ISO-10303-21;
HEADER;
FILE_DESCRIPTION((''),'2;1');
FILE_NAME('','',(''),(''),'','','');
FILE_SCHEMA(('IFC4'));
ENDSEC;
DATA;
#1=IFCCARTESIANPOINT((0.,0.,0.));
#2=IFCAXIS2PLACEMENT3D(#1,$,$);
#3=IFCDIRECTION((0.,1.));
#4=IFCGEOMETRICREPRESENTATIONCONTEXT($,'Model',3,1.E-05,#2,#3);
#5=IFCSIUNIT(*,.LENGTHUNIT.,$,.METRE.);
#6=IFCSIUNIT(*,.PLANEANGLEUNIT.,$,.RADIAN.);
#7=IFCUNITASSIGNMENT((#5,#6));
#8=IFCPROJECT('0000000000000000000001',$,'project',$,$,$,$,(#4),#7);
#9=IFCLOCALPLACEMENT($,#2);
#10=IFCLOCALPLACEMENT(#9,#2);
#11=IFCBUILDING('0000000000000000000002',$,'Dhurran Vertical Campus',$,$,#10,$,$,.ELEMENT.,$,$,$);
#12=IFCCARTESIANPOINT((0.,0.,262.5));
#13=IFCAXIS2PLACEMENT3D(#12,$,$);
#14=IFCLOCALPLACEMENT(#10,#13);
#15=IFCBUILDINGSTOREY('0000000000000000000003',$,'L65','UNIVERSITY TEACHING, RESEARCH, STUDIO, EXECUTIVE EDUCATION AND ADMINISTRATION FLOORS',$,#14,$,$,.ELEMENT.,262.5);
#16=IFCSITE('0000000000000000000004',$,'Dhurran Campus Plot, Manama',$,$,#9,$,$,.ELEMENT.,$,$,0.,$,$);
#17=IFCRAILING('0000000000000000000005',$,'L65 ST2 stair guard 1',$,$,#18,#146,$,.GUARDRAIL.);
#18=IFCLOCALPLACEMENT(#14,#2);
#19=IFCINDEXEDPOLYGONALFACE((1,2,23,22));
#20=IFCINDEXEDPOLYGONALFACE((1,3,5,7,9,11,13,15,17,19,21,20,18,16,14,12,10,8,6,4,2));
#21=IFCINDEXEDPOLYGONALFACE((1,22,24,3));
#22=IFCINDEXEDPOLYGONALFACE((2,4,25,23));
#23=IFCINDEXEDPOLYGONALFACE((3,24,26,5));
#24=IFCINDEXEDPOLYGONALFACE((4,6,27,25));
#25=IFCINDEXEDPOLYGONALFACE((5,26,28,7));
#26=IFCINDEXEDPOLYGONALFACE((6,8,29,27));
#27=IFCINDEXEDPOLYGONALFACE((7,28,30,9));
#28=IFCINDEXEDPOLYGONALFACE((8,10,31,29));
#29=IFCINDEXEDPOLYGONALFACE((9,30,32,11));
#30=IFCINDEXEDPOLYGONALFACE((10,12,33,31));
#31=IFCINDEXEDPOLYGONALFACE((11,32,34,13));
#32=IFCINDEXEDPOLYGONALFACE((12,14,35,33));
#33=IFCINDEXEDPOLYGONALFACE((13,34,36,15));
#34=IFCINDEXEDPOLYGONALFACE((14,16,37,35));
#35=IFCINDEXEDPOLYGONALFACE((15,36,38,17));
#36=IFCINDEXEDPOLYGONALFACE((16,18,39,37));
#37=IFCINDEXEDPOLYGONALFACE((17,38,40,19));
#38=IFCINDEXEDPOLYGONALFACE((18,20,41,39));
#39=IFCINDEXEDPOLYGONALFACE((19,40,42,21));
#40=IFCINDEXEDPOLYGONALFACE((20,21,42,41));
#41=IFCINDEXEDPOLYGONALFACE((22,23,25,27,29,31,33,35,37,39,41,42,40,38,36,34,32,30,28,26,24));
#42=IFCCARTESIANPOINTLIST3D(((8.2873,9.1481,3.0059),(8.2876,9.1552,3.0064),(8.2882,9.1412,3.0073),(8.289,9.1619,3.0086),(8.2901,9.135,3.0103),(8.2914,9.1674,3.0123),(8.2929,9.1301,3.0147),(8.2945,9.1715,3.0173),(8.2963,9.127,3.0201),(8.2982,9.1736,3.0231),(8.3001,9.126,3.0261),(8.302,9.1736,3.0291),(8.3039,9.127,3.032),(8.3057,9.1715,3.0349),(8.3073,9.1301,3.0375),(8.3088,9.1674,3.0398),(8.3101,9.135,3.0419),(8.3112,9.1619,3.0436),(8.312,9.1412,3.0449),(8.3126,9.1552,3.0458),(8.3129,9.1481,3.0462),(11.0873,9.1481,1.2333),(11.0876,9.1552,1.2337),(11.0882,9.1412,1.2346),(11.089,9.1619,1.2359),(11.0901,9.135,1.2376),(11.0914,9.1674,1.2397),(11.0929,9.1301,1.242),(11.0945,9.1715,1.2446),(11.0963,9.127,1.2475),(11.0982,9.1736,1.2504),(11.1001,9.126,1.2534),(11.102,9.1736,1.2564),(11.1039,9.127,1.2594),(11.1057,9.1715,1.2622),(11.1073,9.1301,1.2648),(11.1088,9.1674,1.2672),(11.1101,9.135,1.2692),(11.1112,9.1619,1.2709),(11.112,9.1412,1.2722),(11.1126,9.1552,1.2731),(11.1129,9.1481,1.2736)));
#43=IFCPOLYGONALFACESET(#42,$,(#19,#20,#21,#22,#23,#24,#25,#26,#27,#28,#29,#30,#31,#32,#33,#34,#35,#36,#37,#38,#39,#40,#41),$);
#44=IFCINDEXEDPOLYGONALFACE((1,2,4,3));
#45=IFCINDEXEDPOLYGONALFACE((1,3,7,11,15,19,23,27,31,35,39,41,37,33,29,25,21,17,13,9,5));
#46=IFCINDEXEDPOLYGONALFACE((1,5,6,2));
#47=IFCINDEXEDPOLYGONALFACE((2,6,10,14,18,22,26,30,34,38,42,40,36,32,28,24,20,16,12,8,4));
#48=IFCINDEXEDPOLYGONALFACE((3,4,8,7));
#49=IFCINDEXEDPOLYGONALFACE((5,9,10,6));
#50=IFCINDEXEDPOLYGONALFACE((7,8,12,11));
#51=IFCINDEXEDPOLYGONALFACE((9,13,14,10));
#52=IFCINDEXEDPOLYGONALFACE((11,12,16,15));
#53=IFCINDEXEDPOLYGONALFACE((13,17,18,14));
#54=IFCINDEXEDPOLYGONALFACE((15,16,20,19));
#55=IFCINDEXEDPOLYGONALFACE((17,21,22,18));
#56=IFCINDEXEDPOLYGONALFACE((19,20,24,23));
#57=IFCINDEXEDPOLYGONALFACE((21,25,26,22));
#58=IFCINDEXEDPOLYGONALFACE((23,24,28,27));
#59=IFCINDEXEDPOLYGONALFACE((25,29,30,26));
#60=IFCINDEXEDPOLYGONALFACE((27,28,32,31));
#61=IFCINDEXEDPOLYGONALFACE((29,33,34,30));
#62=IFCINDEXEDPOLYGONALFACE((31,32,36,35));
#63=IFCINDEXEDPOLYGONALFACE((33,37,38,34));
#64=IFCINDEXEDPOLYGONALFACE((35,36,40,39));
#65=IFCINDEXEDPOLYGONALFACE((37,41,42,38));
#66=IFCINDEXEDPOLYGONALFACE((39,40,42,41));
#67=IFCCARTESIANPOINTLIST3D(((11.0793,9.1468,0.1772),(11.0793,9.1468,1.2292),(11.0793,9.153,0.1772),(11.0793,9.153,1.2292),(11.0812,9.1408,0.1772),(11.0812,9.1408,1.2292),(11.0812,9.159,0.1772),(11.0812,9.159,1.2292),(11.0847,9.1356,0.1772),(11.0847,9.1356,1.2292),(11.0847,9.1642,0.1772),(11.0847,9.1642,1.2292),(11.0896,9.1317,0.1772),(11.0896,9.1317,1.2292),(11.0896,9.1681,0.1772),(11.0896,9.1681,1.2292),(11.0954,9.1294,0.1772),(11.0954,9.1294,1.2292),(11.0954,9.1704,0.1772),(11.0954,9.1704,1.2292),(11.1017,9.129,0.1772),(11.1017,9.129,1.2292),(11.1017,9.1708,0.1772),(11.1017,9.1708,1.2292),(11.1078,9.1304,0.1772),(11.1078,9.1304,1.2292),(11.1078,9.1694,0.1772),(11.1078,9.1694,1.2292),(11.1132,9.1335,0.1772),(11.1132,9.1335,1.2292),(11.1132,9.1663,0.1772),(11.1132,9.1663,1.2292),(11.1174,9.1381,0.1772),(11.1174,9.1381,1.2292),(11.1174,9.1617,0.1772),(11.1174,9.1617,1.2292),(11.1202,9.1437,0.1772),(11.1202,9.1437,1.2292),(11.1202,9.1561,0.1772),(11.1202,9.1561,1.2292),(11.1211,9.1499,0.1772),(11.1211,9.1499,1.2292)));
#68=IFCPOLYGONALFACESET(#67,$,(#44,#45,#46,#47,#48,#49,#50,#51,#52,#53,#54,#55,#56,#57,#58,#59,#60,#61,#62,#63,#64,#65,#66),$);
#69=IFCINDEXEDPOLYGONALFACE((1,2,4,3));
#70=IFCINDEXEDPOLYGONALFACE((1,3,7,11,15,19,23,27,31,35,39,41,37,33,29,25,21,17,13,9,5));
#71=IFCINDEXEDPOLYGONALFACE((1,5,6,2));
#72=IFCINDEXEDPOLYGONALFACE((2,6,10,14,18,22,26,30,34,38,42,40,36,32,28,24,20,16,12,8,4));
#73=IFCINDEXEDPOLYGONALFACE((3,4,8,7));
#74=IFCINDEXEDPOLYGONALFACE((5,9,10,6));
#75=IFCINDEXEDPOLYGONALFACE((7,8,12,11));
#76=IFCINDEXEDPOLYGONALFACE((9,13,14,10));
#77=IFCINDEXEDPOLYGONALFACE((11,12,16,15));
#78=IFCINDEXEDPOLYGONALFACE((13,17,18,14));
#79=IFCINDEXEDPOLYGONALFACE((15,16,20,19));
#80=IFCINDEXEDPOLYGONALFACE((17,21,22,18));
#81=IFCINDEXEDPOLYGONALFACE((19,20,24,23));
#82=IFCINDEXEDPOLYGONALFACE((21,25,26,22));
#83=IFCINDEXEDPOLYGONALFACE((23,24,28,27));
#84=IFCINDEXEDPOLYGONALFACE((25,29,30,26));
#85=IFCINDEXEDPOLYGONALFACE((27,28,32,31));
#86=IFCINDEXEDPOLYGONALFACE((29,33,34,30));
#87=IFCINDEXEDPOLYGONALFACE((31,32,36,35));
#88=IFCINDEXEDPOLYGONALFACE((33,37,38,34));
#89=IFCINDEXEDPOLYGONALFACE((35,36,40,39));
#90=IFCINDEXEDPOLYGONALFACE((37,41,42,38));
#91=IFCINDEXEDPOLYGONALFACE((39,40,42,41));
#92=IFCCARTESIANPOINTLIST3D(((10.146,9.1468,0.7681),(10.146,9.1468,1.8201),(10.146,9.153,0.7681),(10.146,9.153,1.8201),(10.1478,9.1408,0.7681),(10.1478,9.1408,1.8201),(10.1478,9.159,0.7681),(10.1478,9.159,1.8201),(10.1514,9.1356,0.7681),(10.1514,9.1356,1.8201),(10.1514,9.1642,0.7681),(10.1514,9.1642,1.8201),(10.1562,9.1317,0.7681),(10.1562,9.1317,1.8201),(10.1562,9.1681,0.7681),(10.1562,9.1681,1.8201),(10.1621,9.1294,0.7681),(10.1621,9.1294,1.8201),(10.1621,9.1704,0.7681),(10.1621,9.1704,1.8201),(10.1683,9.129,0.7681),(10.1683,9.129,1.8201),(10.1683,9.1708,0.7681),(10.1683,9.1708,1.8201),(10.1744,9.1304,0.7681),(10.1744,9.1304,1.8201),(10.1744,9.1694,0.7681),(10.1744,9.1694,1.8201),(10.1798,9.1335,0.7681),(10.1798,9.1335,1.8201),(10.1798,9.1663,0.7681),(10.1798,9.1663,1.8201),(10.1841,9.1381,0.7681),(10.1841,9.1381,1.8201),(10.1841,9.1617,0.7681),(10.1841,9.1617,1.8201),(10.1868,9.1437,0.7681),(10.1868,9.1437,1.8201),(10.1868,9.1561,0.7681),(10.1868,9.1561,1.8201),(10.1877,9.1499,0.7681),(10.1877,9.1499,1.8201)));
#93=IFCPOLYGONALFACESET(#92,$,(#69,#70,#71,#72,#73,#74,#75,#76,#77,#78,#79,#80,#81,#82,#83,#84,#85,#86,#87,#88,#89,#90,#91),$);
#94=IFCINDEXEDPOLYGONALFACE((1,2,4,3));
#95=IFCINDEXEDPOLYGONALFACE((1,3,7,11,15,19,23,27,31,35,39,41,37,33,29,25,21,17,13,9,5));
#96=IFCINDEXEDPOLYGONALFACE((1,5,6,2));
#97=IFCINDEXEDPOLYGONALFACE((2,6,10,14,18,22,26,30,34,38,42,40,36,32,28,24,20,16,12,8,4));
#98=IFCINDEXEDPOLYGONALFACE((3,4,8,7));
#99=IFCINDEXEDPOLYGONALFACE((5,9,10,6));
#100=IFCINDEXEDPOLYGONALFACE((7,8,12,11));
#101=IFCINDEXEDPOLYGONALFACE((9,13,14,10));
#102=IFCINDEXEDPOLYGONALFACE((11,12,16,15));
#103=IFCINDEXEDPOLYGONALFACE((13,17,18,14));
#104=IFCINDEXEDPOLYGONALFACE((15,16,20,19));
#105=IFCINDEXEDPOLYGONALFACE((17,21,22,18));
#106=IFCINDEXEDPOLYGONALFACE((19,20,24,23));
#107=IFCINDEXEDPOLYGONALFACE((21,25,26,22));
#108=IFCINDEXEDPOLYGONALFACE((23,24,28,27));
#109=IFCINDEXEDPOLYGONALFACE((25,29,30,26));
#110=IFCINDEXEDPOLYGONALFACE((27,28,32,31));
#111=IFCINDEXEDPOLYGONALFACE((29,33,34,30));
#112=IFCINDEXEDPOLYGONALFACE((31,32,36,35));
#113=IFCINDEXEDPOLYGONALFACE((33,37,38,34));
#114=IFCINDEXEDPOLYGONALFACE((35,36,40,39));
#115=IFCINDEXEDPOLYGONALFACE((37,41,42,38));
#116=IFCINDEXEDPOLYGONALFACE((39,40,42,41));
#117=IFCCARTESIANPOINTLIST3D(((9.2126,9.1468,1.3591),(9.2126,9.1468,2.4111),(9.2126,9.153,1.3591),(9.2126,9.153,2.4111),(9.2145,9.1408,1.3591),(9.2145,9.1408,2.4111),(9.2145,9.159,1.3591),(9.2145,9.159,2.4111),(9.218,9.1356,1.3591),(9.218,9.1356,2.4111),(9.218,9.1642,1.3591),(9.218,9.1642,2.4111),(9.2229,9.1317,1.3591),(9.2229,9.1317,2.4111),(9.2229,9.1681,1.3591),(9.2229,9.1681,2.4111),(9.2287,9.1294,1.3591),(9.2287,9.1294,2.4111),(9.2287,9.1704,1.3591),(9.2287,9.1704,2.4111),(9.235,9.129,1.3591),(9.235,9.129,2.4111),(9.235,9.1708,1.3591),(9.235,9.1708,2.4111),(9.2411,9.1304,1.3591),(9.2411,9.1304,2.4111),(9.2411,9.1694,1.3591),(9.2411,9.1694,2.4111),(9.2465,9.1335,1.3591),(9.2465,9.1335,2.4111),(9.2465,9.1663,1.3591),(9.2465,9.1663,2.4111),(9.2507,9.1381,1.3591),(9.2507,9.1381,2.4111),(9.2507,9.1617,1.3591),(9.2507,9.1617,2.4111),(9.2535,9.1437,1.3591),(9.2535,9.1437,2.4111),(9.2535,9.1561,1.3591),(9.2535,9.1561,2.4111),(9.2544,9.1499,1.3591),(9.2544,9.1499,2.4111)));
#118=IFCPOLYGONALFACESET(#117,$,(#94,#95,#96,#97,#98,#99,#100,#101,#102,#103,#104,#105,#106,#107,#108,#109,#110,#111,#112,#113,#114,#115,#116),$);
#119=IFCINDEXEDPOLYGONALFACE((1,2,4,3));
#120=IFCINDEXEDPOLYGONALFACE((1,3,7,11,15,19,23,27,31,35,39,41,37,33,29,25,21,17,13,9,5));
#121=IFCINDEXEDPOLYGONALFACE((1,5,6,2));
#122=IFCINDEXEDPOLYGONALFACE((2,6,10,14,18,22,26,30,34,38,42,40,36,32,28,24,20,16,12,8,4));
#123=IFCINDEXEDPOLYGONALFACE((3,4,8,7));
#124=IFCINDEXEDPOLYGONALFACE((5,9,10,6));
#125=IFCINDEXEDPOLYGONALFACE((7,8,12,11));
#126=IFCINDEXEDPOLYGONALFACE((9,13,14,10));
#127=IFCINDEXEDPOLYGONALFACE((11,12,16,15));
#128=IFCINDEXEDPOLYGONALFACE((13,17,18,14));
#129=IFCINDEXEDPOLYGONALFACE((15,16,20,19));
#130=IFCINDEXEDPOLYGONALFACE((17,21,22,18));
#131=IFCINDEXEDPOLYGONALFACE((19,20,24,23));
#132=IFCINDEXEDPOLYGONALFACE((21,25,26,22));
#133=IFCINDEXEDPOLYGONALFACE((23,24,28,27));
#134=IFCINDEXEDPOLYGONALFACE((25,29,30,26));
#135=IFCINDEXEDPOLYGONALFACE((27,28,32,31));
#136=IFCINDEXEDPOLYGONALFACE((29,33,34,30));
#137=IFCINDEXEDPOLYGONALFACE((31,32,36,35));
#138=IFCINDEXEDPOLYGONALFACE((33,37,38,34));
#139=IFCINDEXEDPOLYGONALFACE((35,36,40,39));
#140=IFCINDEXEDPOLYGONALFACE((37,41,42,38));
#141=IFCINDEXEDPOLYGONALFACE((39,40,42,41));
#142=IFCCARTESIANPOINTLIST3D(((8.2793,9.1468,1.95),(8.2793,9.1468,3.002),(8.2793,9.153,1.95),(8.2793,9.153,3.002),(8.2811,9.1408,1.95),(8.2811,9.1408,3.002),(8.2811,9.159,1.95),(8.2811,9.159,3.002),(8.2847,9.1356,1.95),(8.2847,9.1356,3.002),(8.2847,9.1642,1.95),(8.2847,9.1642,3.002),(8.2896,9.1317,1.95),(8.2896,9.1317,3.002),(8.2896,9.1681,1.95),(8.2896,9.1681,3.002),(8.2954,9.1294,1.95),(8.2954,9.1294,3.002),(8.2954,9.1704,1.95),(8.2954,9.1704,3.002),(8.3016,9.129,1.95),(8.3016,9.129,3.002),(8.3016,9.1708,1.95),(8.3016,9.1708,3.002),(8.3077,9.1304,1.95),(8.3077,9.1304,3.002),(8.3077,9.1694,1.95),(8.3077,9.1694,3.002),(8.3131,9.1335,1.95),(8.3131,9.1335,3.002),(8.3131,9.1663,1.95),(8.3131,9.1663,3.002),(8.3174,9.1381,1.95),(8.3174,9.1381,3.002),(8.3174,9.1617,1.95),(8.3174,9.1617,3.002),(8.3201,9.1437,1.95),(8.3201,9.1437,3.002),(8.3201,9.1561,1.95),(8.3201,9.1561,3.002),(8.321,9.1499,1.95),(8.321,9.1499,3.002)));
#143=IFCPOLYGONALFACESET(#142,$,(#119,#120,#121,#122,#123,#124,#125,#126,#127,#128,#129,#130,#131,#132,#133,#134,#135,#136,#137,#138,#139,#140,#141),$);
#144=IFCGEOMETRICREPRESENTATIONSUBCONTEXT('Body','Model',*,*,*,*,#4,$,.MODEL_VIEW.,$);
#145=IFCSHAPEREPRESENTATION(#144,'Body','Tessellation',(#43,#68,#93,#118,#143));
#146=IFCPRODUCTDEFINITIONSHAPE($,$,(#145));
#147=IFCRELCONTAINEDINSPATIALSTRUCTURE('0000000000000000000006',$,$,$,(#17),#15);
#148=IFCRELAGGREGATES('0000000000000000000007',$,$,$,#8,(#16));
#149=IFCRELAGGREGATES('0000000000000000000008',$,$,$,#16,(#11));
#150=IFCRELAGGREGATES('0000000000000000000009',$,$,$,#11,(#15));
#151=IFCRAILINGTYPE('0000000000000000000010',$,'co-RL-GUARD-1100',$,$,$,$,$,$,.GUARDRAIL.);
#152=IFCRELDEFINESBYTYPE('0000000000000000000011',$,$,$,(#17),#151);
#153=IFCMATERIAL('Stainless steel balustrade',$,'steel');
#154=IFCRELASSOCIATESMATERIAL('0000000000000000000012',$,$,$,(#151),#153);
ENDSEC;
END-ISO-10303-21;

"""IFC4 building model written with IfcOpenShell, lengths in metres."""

from ifc_helpers import new_model, si_unit, direction, frame, origin, origin_2d, place, context, subcontext, project, spatial, circle, extrude, material, type_object, element, save


model = new_model("IFC4")

# Units and contexts
model_context = context("Model", 3, precision=1e-05, world=origin(), true_north=direction((0.0, 1.0)))
body_context = subcontext(model_context, "Body", "Model", "MODEL_VIEW")
ifc_project = project(units=[si_unit("LENGTHUNIT", "METRE"), si_unit("PLANEANGLEUNIT", "RADIAN")], contexts=[model_context])

# Site, building, storey
site_placement = place(None, origin())
site = spatial("IfcSite", under=ifc_project, at=site_placement, Name="Dhurran Campus Plot, Manama", CompositionType="ELEMENT", RefElevation=0.0)
building_placement = place(site_placement, origin())
building = spatial("IfcBuilding", under=site, at=building_placement, Name="Dhurran Vertical Campus", CompositionType="ELEMENT")
storey_placement = place(building_placement, frame((0.0, 0.0, 262.5)))
storey = spatial("IfcBuildingStorey", under=building, at=storey_placement, Name="L65", Description="UNIVERSITY TEACHING, RESEARCH, STUDIO, EXECUTIVE EDUCATION AND ADMINISTRATION FLOORS", CompositionType="ELEMENT", Elevation=262.5)

# Railing
ifc_material_1 = material(Name="Stainless steel balustrade", Category="steel")
railing_type_1 = type_object("IfcRailingType", Name="co-RL-GUARD-1100", PredefinedType="GUARDRAIL", material=ifc_material_1)
railing_1_placement = place(storey_placement, frame((11.1001, 9.1499, 0.1772)))
element("IfcRailing", 1, at=railing_1_placement, inside=storey, type_object=railing_type_1, Name="L65 ST2 stair guard 1", PredefinedType="GUARDRAIL", context=body_context, shape_type="SweptSolid", body=[
    extrude(circle(Radius=0.0239, at=origin_2d()), frame((0.0, 0.0, 1.0762), z_axis=(-0.844909, 0.0, 0.53491), x_axis=(0.0, -1.0, 0.0)), (0.0, 0.0, 1.0), 3.314),
    extrude(circle(Radius=0.021, at=origin_2d()), origin(), (0.0, 0.0, 1.0), 1.052),
    extrude(circle(Radius=0.021, at=origin_2d()), frame((-0.9333, 0.0, 0.5908)), (0.0, 0.0, 1.0), 1.052),
    extrude(circle(Radius=0.021, at=origin_2d()), frame((-1.8667, 0.0, 1.1819)), (0.0, 0.0, 1.0), 1.052),
    extrude(circle(Radius=0.021, at=origin_2d()), frame((-2.8, 0.0, 1.7727)), (0.0, 0.0, 1.0), 1.052),
])

save(model, "model.ifc")
